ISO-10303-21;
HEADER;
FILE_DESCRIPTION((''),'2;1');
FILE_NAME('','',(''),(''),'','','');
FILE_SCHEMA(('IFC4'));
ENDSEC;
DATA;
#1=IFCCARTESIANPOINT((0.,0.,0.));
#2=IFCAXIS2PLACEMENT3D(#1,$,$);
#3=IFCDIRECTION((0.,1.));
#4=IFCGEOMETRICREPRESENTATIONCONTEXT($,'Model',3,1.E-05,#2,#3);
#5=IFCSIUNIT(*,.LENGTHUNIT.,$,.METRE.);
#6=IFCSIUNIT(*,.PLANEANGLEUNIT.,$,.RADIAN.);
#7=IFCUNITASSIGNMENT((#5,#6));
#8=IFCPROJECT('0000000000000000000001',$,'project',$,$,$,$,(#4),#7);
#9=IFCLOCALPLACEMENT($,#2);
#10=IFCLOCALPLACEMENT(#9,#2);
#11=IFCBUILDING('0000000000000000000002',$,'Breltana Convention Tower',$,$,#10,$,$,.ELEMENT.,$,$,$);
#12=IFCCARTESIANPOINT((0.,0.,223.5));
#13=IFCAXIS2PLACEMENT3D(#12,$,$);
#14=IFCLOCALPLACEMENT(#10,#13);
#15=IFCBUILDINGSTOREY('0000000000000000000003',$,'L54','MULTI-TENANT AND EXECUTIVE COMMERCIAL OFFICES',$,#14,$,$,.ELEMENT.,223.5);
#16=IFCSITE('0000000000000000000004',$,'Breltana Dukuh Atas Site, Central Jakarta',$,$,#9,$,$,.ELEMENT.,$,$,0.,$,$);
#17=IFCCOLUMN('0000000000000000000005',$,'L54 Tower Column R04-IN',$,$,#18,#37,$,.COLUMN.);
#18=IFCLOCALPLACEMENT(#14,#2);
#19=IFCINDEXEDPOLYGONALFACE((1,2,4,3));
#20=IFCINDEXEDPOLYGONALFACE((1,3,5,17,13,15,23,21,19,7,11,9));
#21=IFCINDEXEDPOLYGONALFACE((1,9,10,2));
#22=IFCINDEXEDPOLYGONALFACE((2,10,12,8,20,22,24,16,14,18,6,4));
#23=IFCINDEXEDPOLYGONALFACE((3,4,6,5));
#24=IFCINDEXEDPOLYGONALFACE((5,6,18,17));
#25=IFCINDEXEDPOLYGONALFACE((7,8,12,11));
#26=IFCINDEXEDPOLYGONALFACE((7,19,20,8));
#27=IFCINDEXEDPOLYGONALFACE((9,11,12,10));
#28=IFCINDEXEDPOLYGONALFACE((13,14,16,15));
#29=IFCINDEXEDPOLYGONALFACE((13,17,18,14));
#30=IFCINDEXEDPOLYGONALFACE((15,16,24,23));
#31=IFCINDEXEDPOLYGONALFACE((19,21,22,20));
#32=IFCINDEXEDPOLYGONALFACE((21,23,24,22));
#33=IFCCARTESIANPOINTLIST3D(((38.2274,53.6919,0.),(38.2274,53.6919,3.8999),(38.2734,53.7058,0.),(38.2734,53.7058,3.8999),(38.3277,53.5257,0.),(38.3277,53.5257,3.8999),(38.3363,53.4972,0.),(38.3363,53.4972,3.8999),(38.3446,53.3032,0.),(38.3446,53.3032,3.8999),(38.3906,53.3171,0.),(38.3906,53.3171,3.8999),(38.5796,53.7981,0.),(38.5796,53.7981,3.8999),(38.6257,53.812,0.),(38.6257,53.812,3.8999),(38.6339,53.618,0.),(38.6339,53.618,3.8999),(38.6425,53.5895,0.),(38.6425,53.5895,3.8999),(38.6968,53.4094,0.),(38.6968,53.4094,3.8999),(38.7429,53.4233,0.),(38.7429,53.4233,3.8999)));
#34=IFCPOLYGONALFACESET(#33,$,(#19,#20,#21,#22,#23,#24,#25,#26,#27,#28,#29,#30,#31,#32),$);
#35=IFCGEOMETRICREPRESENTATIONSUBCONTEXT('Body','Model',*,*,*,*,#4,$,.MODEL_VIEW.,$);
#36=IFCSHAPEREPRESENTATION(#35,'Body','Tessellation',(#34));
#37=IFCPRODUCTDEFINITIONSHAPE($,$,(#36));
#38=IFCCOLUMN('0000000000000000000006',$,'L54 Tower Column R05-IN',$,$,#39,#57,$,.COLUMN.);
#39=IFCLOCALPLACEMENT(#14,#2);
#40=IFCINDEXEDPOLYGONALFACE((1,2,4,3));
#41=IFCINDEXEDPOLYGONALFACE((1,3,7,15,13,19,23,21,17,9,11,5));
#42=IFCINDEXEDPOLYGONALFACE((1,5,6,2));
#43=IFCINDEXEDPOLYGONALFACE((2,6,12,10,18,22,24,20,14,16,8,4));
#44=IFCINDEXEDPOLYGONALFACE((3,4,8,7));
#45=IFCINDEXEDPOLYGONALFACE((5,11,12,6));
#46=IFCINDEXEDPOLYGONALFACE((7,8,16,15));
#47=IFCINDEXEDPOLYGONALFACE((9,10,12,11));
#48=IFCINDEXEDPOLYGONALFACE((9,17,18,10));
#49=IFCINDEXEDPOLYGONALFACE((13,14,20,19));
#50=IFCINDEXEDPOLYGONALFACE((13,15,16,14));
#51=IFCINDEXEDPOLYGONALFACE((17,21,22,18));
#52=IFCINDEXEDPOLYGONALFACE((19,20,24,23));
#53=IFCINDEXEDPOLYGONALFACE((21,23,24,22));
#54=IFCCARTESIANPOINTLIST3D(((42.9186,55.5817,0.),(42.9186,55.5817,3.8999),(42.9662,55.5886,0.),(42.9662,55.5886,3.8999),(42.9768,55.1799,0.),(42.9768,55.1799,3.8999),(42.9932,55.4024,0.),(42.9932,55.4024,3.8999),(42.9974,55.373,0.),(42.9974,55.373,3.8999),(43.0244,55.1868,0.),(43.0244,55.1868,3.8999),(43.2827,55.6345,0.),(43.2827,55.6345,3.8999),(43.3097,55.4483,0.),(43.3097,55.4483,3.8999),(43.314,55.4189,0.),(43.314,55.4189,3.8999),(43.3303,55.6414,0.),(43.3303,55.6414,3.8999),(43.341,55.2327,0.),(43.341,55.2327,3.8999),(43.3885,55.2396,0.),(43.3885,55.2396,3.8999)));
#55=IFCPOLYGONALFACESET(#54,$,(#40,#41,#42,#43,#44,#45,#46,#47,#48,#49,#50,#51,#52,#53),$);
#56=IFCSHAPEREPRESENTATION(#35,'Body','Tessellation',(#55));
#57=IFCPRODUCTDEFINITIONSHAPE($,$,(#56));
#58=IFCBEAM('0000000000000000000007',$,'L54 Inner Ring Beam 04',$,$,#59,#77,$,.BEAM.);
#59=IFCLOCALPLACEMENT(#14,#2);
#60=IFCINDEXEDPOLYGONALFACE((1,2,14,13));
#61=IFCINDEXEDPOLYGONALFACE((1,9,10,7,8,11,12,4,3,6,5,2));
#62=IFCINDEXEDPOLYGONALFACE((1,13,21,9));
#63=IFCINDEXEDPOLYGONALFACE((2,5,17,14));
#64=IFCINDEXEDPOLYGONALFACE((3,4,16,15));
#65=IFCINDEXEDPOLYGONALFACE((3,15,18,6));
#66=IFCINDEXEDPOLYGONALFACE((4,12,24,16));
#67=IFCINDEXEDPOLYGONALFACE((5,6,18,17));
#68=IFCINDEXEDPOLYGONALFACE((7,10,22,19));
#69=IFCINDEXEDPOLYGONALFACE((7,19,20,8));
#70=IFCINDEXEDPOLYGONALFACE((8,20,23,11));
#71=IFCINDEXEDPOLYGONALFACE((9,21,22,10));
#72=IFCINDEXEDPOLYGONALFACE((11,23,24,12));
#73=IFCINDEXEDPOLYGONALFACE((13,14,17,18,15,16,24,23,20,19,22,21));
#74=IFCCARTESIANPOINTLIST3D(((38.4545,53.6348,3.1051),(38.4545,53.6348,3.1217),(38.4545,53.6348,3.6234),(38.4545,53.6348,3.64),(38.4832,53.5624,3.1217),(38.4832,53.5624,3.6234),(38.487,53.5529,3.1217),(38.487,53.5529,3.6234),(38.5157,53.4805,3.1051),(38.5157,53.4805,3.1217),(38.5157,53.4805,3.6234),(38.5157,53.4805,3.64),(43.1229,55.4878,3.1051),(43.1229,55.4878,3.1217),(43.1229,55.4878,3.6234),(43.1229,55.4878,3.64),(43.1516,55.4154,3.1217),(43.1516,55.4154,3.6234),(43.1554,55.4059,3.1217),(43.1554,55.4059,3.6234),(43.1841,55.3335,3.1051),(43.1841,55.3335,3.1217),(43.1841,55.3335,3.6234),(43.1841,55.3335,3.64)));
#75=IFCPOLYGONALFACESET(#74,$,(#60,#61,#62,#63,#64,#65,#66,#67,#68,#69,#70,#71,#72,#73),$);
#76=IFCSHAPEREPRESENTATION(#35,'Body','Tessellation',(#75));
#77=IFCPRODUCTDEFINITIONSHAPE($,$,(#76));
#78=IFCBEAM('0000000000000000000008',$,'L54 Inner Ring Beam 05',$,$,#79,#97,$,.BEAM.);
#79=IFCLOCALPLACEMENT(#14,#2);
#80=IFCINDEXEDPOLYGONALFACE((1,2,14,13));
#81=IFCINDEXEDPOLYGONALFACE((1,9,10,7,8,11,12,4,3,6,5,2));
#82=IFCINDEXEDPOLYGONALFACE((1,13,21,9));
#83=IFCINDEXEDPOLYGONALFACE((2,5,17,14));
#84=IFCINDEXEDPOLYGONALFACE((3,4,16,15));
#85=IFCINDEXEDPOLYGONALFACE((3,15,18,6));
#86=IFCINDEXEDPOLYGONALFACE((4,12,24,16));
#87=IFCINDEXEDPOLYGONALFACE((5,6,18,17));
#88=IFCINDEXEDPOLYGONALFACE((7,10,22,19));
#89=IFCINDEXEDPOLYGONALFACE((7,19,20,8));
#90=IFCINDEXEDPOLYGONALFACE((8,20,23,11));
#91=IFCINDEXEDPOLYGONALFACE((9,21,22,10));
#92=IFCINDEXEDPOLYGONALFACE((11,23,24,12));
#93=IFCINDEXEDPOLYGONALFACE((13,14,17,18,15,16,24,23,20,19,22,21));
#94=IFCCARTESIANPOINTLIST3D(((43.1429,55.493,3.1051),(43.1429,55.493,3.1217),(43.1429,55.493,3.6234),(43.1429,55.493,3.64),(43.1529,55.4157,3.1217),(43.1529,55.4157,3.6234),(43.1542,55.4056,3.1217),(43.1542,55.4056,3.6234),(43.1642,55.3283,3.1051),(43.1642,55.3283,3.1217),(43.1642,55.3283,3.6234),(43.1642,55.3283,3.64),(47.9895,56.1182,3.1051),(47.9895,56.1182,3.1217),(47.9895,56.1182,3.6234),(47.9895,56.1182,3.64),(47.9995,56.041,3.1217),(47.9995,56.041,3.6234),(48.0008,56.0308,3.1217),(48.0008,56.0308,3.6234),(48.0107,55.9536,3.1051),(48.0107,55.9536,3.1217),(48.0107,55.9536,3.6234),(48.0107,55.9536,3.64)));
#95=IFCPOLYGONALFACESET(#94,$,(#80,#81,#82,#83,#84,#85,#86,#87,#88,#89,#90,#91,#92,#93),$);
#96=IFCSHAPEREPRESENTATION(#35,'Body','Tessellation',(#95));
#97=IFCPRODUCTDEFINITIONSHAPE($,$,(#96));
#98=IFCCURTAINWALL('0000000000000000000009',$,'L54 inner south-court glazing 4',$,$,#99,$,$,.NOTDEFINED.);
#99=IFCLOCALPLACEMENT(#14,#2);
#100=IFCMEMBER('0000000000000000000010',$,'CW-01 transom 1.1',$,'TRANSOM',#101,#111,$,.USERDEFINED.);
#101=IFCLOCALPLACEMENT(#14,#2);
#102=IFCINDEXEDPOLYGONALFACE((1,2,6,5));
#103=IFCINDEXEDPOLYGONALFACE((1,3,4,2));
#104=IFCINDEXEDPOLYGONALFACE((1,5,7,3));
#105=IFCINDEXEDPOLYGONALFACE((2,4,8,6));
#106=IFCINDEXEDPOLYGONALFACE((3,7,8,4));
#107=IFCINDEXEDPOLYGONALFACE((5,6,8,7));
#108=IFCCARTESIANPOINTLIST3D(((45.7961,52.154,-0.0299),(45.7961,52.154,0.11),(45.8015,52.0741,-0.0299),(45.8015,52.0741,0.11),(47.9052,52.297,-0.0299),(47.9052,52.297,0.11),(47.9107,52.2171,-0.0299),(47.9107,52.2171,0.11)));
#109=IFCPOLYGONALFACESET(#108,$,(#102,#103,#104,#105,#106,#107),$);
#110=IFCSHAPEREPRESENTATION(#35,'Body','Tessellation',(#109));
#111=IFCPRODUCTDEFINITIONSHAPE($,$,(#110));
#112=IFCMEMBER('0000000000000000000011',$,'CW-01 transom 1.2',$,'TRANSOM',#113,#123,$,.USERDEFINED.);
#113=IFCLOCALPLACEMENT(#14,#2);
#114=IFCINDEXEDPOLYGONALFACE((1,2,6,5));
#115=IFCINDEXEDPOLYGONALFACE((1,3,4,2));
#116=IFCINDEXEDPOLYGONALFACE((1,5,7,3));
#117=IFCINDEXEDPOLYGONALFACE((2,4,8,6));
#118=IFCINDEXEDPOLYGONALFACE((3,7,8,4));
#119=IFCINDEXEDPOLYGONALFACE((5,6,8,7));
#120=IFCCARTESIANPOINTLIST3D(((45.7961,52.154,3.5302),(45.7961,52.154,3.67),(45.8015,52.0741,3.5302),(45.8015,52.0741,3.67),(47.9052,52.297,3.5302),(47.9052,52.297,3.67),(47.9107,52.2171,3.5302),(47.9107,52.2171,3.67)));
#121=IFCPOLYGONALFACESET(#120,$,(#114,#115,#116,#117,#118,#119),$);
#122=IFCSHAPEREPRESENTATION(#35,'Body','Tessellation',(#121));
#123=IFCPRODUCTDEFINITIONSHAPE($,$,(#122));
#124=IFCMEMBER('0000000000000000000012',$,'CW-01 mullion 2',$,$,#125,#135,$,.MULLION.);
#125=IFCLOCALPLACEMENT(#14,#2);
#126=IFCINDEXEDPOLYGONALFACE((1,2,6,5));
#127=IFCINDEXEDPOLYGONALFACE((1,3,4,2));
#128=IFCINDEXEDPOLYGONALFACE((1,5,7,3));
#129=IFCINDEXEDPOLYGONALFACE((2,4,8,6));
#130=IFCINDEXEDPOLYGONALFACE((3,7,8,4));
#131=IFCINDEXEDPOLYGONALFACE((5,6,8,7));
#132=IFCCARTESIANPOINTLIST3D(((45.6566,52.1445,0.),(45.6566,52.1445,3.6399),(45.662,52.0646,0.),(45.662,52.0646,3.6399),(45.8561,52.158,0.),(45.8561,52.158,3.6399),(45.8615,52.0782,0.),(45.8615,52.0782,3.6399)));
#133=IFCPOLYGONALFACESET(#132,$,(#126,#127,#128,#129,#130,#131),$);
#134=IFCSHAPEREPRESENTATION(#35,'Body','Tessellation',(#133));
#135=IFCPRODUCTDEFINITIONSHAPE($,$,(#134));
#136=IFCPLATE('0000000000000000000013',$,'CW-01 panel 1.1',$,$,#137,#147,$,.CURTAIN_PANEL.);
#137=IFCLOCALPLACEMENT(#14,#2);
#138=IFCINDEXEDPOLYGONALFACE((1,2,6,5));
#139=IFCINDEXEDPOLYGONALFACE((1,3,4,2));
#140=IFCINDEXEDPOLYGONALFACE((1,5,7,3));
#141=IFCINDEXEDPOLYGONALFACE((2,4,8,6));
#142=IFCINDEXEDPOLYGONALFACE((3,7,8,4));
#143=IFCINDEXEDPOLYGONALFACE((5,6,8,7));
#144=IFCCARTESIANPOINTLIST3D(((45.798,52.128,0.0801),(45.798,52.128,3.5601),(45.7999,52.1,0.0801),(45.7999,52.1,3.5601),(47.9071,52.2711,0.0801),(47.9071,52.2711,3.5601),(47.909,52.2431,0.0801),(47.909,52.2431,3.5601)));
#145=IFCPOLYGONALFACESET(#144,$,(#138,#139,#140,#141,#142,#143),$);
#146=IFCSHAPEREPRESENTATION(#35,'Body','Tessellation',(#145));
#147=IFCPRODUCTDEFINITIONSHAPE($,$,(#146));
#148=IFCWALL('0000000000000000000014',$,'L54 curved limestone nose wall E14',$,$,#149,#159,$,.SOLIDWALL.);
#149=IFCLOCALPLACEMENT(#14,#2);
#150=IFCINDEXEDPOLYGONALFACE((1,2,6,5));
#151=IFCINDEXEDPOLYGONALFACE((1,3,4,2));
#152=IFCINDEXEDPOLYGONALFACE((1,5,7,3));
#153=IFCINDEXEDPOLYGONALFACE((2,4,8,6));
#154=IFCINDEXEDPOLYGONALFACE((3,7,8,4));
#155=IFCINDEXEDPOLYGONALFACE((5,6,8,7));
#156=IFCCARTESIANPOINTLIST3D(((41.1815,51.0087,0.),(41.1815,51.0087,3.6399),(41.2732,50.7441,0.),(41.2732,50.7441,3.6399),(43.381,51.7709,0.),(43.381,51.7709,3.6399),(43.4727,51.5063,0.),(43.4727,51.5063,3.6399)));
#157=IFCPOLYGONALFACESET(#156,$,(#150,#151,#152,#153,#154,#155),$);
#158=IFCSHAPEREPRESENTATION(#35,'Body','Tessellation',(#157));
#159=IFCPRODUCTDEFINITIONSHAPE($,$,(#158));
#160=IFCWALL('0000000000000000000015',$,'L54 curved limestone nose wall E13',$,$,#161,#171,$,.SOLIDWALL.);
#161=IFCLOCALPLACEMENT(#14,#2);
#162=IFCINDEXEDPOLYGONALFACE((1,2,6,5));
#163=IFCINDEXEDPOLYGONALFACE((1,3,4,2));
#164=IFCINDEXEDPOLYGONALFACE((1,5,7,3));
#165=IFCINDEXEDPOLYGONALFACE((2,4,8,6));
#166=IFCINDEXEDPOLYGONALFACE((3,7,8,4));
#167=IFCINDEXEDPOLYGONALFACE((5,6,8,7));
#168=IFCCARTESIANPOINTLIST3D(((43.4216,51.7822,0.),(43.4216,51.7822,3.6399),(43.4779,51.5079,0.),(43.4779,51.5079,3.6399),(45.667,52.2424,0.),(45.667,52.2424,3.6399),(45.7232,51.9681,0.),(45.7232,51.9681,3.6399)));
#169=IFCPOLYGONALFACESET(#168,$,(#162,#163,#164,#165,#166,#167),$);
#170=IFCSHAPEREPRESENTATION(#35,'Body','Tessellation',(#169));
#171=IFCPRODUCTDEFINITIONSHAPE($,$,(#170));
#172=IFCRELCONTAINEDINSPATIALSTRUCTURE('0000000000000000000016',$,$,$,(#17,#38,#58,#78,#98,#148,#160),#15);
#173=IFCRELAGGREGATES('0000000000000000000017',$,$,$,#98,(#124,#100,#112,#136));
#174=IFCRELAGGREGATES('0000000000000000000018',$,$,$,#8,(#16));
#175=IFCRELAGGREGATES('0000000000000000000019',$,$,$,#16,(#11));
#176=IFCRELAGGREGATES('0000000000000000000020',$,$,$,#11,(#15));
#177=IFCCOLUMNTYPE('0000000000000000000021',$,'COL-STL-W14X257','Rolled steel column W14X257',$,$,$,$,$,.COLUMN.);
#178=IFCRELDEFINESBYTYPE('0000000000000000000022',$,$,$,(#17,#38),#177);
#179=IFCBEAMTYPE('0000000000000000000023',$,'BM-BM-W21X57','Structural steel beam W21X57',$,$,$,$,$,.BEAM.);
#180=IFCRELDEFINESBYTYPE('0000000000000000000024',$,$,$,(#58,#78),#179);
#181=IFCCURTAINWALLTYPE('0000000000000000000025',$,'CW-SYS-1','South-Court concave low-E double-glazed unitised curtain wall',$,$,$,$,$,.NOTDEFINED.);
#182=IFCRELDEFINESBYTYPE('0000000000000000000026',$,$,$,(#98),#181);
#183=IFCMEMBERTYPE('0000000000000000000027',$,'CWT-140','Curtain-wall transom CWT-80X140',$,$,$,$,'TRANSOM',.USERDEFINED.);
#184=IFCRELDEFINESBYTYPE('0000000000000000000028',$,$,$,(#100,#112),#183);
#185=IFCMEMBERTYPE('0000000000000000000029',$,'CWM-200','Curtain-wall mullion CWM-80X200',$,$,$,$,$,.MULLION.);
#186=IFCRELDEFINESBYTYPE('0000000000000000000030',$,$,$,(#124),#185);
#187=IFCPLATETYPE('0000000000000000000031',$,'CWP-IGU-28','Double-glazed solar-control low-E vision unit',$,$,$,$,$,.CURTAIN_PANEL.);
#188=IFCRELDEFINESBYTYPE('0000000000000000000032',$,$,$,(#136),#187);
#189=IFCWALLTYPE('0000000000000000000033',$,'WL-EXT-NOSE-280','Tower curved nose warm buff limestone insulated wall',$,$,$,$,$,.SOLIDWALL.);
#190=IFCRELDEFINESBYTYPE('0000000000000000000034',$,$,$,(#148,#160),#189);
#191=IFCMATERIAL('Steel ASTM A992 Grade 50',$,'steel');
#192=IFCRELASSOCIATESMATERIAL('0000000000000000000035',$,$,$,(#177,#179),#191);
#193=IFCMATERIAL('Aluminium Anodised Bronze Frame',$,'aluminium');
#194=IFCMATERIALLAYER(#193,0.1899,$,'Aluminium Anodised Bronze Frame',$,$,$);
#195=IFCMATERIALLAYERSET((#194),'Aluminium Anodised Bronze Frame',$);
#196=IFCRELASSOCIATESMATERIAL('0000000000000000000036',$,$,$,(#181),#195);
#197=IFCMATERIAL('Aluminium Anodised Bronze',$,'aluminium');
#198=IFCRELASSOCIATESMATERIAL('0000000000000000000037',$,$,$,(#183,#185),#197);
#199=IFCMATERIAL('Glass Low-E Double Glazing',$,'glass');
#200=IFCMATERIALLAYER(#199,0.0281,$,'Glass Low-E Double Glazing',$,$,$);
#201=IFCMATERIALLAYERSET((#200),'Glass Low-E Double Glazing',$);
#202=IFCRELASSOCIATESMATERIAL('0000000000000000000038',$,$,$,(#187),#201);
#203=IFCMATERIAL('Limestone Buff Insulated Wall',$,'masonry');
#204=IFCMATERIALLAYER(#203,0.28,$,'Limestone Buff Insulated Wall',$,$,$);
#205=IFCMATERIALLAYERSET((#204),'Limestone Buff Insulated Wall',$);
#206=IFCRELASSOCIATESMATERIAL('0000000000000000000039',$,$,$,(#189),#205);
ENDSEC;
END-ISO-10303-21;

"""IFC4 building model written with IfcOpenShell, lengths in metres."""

from ifc_helpers import new_model, si_unit, direction, frame, frame_2d, origin, origin_2d, place, context, subcontext, project, spatial, rectangle, i_section, extrude, source, transform, mapped, material, layer, layer_set, material_profile, profile_set, type_object, element, aggregate, save


model = new_model("IFC4")

# Units and contexts
model_context = context("Model", 3, precision=1e-05, world=origin(), true_north=direction((0.0, 1.0)))
body_context = subcontext(model_context, "Body", "Model", "MODEL_VIEW")
ifc_project = project(units=[si_unit("LENGTHUNIT", "METRE"), si_unit("PLANEANGLEUNIT", "RADIAN")], contexts=[model_context])

# Site, building, storey
site_placement = place(None, origin())
site = spatial("IfcSite", under=ifc_project, at=site_placement, Name="Breltana Dukuh Atas Site, Central Jakarta", CompositionType="ELEMENT", RefElevation=0.0)
building_placement = place(site_placement, origin())
building = spatial("IfcBuilding", under=site, at=building_placement, Name="Breltana Convention Tower", CompositionType="ELEMENT")
storey_placement = place(building_placement, frame((0.0, 0.0, 223.5)))
storey = spatial("IfcBuildingStorey", under=building, at=storey_placement, Name="L54", Description="MULTI-TENANT AND EXECUTIVE COMMERCIAL OFFICES", CompositionType="ELEMENT", Elevation=223.5)

# Columns
ifc_material_1 = material(Name="Steel ASTM A992 Grade 50", Category="steel")
ifc_material_profile_1 = material_profile(ifc_material_1, i_section(OverallWidth=0.406, OverallDepth=0.416, WebThickness=0.0298, FlangeThickness=0.0481, at=origin_2d()), Name="W14X257")
ifc_profile_set_1 = profile_set([ifc_material_profile_1], Name="Steel ASTM A992 Grade 50")
column_type = type_object("IfcColumnType", Name="COL-STL-W14X257", Description="Rolled steel column W14X257", PredefinedType="COLUMN", material=ifc_profile_set_1)
shared_shape_1 = source(origin(), body_context, "Body", "SweptSolid", [
    extrude(i_section(OverallWidth=0.406, OverallDepth=0.416, WebThickness=0.0298, FlangeThickness=0.0481, at=origin_2d()), origin(), (0.0, 0.0, 1.0), 3.8999),
])
for number, where, z_axis, x_axis, name in (
    (1, (38.4851, 53.5576, 0.0), (0.0, 0.0, 1.0), (-0.288698, 0.95742, 0.0), "L54 Tower Column R04-IN"),
    (2, (43.1536, 55.4106, 0.0), (0.0, 0.0, 1.0), (-0.143493, 0.989651, 0.0), "L54 Tower Column R05-IN"),
):
    element("IfcColumn", number, at=place(storey_placement, frame(where, z_axis=z_axis, x_axis=x_axis)), inside=storey, type_object=column_type, Name=name, PredefinedType="COLUMN", context=body_context, shape_type="MappedRepresentation", body=[
        mapped(shared_shape_1, transform((0.0, 0.0, 0.0), scale=1.0)),
    ])

# Beams
ifc_material_profile_2 = material_profile(ifc_material_1, i_section(OverallWidth=0.166, OverallDepth=0.5349, WebThickness=0.0103, FlangeThickness=0.0166, at=origin_2d()), Name="W21X57")
ifc_profile_set_2 = profile_set([ifc_material_profile_2], Name="Steel ASTM A992 Grade 50")
beam_type = type_object("IfcBeamType", Name="BM-BM-W21X57", Description="Structural steel beam W21X57", PredefinedType="BEAM", material=ifc_profile_set_2)
shared_shape_2 = source(origin(), body_context, "Body", "SweptSolid", [
    extrude(i_section(OverallWidth=0.166, OverallDepth=0.5349, WebThickness=0.0103, FlangeThickness=0.0166, at=origin_2d()), origin(), (0.0, 0.0, 1.0), 5.0227),
])
beam_1_placement = place(storey_placement, frame((38.4851, 53.5576, 3.3726), z_axis=(0.929459, 0.368926, 0.0), x_axis=(-0.368926, 0.929459, 0.0)))
element("IfcBeam", 3, at=beam_1_placement, inside=storey, type_object=beam_type, Name="L54 Inner Ring Beam 04", PredefinedType="BEAM", context=body_context, shape_type="MappedRepresentation", body=[
    mapped(shared_shape_2, transform((0.0, 0.0, 0.0), scale=1.0)),
])
shared_shape_3 = source(origin(), body_context, "Body", "SweptSolid", [
    extrude(i_section(OverallWidth=0.166, OverallDepth=0.5349, WebThickness=0.0103, FlangeThickness=0.0166, at=origin_2d()), origin(), (0.0, 0.0, 1.0), 4.8867),
])
beam_2_placement = place(storey_placement, frame((43.1536, 55.4106, 3.3726), z_axis=(0.991781, 0.127951, 0.0), x_axis=(-0.127951, 0.991781, 0.0)))
element("IfcBeam", 4, at=beam_2_placement, inside=storey, type_object=beam_type, Name="L54 Inner Ring Beam 05", PredefinedType="BEAM", context=body_context, shape_type="MappedRepresentation", body=[
    mapped(shared_shape_3, transform((0.0, 0.0, 0.0), scale=1.0)),
])

# Curtain wall, members, plate
ifc_material_2 = material(Name="Aluminium Anodised Bronze Frame", Category="aluminium")
ifc_layer_1 = layer(ifc_material_2, 0.1899, Name="Aluminium Anodised Bronze Frame")
ifc_layer_set_1 = layer_set([ifc_layer_1], Name="Aluminium Anodised Bronze Frame")
curtain_wall_type = type_object("IfcCurtainWallType", Name="CW-SYS-1", Description="South-Court concave low-E double-glazed unitised curtain wall", PredefinedType="NOTDEFINED", material=ifc_layer_set_1)
curtain_wall_placement = place(storey_placement, origin())
curtain_wall = element("IfcCurtainWall", 5, at=curtain_wall_placement, inside=storey, type_object=curtain_wall_type, Name="L54 inner south-court glazing 4", PredefinedType="NOTDEFINED")
ifc_material_3 = material(Name="Aluminium Anodised Bronze", Category="aluminium")
ifc_material_profile_3 = material_profile(ifc_material_3, rectangle(XDim=0.0801, YDim=0.1399, at=origin_2d()), Name="CWT-80X140")
ifc_profile_set_3 = profile_set([ifc_material_profile_3], Name="Aluminium Anodised Bronze")
member_type_1 = type_object("IfcMemberType", Name="CWT-140", Description="Curtain-wall transom CWT-80X140", ElementType="TRANSOM", PredefinedType="USERDEFINED", material=ifc_profile_set_3)
shared_shape_4 = source(origin(), body_context, "Body", "SweptSolid", [
    extrude(rectangle(XDim=0.0801, YDim=0.1399, at=origin_2d()), origin(), (0.0, 0.0, 1.0), 2.114),
])
member_1_placement = place(storey_placement, frame((47.908, 52.2571, 0.04), z_axis=(-0.997707, -0.067676, 0.0), x_axis=(0.067676, -0.997707, 0.0)))
member_1 = element("IfcMember", 6, at=member_1_placement, type_object=member_type_1, Name="CW-01 transom 1.1", ObjectType="TRANSOM", PredefinedType="USERDEFINED", context=body_context, shape_type="MappedRepresentation", body=[
    mapped(shared_shape_4, transform((0.0, 0.0, 0.0), scale=1.0)),
])
member_2_placement = place(storey_placement, frame((47.908, 52.2571, 3.6001), z_axis=(-0.997707, -0.067676, 0.0), x_axis=(0.067676, -0.997707, 0.0)))
member_2 = element("IfcMember", 7, at=member_2_placement, type_object=member_type_1, Name="CW-01 transom 1.2", ObjectType="TRANSOM", PredefinedType="USERDEFINED", context=body_context, shape_type="MappedRepresentation", body=[
    mapped(shared_shape_4, transform((0.0, 0.0, 0.0), scale=1.0)),
])
ifc_material_profile_4 = material_profile(ifc_material_3, rectangle(XDim=0.0801, YDim=0.2, at=origin_2d()), Name="CWM-80X200")
ifc_profile_set_4 = profile_set([ifc_material_profile_4], Name="Aluminium Anodised Bronze")
member_type_2 = type_object("IfcMemberType", Name="CWM-200", Description="Curtain-wall mullion CWM-80X200", PredefinedType="MULLION", material=ifc_profile_set_4)
shared_shape_5 = source(origin(), body_context, "Body", "SweptSolid", [
    extrude(rectangle(XDim=0.0801, YDim=0.2, at=origin_2d()), origin(), (0.0, 0.0, 1.0), 3.6399),
])
member_3_placement = place(storey_placement, frame((45.759, 52.1113, 0.0), z_axis=(0.0, 0.0, 1.0), x_axis=(0.067724, -0.997704, 0.0)))
member_3 = element("IfcMember", 8, at=member_3_placement, type_object=member_type_2, Name="CW-01 mullion 2", PredefinedType="MULLION", context=body_context, shape_type="MappedRepresentation", body=[
    mapped(shared_shape_5, transform((0.0, 0.0, 0.0), scale=1.0)),
])
ifc_material_4 = material(Name="Glass Low-E Double Glazing", Category="glass")
ifc_layer_2 = layer(ifc_material_4, 0.0281, Name="Glass Low-E Double Glazing")
ifc_layer_set_2 = layer_set([ifc_layer_2], Name="Glass Low-E Double Glazing")
plate_type = type_object("IfcPlateType", Name="CWP-IGU-28", Description="Double-glazed solar-control low-E vision unit", PredefinedType="CURTAIN_PANEL", material=ifc_layer_set_2)
shared_shape_6 = source(origin(), body_context, "Body", "SweptSolid", [
    extrude(rectangle(XDim=2.114, YDim=0.0281, at=origin_2d()), origin(), (0.0, 0.0, 1.0), 3.48),
])
plate_placement = place(storey_placement, frame((46.8535, 52.1855, 0.0801), z_axis=(0.0, 0.0, 1.0), x_axis=(-0.997704, -0.067724, 0.0)))
plate = element("IfcPlate", 9, at=plate_placement, type_object=plate_type, Name="CW-01 panel 1.1", PredefinedType="CURTAIN_PANEL", context=body_context, shape_type="MappedRepresentation", body=[
    mapped(shared_shape_6, transform((0.0, 0.0, 0.0), scale=1.0)),
])
aggregate(curtain_wall, [member_3, member_1, member_2, plate])

# Walls
ifc_material_5 = material(Name="Limestone Buff Insulated Wall", Category="masonry")
ifc_layer_3 = layer(ifc_material_5, 0.28, Name="Limestone Buff Insulated Wall")
ifc_layer_set_3 = layer_set([ifc_layer_3], Name="Limestone Buff Insulated Wall")
wall_type_1 = type_object("IfcWallType", Name="WL-EXT-NOSE-280", Description="Tower curved nose warm buff limestone insulated wall", PredefinedType="SOLIDWALL", material=ifc_layer_set_3)
shared_shape_7 = source(origin(), body_context, "Body", "SweptSolid", [
    extrude(rectangle(XDim=2.3279, YDim=0.28, at=frame_2d((1.1641, 0.0))), origin(), (0.0, 0.0, 1.0), 3.6399),
])
wall_1_placement = place(storey_placement, frame((43.427, 51.6387, 0.0), z_axis=(0.0, 0.0, 1.0), x_axis=(-0.944873, -0.327438, 0.0)))
element("IfcWall", 10, at=wall_1_placement, inside=storey, type_object=wall_type_1, Name="L54 curved limestone nose wall E14", PredefinedType="SOLIDWALL", context=body_context, shape_type="MappedRepresentation", body=[
    mapped(shared_shape_7, transform((0.0, 0.0, 0.0), scale=1.0)),
])
shared_shape_8 = source(origin(), body_context, "Body", "SweptSolid", [
    extrude(rectangle(XDim=2.292, YDim=0.28, at=frame_2d((1.146, 0.0))), origin(), (0.0, 0.0, 1.0), 3.6399),
])
wall_2_placement = place(storey_placement, frame((45.6951, 52.1052, 0.0), z_axis=(0.0, 0.0, 1.0), x_axis=(-0.979635, -0.200784, 0.0)))
element("IfcWall", 11, at=wall_2_placement, inside=storey, type_object=wall_type_1, Name="L54 curved limestone nose wall E13", PredefinedType="SOLIDWALL", context=body_context, shape_type="MappedRepresentation", body=[
    mapped(shared_shape_8, transform((0.0, 0.0, 0.0), scale=1.0)),
])

save(model, "model.ifc")
